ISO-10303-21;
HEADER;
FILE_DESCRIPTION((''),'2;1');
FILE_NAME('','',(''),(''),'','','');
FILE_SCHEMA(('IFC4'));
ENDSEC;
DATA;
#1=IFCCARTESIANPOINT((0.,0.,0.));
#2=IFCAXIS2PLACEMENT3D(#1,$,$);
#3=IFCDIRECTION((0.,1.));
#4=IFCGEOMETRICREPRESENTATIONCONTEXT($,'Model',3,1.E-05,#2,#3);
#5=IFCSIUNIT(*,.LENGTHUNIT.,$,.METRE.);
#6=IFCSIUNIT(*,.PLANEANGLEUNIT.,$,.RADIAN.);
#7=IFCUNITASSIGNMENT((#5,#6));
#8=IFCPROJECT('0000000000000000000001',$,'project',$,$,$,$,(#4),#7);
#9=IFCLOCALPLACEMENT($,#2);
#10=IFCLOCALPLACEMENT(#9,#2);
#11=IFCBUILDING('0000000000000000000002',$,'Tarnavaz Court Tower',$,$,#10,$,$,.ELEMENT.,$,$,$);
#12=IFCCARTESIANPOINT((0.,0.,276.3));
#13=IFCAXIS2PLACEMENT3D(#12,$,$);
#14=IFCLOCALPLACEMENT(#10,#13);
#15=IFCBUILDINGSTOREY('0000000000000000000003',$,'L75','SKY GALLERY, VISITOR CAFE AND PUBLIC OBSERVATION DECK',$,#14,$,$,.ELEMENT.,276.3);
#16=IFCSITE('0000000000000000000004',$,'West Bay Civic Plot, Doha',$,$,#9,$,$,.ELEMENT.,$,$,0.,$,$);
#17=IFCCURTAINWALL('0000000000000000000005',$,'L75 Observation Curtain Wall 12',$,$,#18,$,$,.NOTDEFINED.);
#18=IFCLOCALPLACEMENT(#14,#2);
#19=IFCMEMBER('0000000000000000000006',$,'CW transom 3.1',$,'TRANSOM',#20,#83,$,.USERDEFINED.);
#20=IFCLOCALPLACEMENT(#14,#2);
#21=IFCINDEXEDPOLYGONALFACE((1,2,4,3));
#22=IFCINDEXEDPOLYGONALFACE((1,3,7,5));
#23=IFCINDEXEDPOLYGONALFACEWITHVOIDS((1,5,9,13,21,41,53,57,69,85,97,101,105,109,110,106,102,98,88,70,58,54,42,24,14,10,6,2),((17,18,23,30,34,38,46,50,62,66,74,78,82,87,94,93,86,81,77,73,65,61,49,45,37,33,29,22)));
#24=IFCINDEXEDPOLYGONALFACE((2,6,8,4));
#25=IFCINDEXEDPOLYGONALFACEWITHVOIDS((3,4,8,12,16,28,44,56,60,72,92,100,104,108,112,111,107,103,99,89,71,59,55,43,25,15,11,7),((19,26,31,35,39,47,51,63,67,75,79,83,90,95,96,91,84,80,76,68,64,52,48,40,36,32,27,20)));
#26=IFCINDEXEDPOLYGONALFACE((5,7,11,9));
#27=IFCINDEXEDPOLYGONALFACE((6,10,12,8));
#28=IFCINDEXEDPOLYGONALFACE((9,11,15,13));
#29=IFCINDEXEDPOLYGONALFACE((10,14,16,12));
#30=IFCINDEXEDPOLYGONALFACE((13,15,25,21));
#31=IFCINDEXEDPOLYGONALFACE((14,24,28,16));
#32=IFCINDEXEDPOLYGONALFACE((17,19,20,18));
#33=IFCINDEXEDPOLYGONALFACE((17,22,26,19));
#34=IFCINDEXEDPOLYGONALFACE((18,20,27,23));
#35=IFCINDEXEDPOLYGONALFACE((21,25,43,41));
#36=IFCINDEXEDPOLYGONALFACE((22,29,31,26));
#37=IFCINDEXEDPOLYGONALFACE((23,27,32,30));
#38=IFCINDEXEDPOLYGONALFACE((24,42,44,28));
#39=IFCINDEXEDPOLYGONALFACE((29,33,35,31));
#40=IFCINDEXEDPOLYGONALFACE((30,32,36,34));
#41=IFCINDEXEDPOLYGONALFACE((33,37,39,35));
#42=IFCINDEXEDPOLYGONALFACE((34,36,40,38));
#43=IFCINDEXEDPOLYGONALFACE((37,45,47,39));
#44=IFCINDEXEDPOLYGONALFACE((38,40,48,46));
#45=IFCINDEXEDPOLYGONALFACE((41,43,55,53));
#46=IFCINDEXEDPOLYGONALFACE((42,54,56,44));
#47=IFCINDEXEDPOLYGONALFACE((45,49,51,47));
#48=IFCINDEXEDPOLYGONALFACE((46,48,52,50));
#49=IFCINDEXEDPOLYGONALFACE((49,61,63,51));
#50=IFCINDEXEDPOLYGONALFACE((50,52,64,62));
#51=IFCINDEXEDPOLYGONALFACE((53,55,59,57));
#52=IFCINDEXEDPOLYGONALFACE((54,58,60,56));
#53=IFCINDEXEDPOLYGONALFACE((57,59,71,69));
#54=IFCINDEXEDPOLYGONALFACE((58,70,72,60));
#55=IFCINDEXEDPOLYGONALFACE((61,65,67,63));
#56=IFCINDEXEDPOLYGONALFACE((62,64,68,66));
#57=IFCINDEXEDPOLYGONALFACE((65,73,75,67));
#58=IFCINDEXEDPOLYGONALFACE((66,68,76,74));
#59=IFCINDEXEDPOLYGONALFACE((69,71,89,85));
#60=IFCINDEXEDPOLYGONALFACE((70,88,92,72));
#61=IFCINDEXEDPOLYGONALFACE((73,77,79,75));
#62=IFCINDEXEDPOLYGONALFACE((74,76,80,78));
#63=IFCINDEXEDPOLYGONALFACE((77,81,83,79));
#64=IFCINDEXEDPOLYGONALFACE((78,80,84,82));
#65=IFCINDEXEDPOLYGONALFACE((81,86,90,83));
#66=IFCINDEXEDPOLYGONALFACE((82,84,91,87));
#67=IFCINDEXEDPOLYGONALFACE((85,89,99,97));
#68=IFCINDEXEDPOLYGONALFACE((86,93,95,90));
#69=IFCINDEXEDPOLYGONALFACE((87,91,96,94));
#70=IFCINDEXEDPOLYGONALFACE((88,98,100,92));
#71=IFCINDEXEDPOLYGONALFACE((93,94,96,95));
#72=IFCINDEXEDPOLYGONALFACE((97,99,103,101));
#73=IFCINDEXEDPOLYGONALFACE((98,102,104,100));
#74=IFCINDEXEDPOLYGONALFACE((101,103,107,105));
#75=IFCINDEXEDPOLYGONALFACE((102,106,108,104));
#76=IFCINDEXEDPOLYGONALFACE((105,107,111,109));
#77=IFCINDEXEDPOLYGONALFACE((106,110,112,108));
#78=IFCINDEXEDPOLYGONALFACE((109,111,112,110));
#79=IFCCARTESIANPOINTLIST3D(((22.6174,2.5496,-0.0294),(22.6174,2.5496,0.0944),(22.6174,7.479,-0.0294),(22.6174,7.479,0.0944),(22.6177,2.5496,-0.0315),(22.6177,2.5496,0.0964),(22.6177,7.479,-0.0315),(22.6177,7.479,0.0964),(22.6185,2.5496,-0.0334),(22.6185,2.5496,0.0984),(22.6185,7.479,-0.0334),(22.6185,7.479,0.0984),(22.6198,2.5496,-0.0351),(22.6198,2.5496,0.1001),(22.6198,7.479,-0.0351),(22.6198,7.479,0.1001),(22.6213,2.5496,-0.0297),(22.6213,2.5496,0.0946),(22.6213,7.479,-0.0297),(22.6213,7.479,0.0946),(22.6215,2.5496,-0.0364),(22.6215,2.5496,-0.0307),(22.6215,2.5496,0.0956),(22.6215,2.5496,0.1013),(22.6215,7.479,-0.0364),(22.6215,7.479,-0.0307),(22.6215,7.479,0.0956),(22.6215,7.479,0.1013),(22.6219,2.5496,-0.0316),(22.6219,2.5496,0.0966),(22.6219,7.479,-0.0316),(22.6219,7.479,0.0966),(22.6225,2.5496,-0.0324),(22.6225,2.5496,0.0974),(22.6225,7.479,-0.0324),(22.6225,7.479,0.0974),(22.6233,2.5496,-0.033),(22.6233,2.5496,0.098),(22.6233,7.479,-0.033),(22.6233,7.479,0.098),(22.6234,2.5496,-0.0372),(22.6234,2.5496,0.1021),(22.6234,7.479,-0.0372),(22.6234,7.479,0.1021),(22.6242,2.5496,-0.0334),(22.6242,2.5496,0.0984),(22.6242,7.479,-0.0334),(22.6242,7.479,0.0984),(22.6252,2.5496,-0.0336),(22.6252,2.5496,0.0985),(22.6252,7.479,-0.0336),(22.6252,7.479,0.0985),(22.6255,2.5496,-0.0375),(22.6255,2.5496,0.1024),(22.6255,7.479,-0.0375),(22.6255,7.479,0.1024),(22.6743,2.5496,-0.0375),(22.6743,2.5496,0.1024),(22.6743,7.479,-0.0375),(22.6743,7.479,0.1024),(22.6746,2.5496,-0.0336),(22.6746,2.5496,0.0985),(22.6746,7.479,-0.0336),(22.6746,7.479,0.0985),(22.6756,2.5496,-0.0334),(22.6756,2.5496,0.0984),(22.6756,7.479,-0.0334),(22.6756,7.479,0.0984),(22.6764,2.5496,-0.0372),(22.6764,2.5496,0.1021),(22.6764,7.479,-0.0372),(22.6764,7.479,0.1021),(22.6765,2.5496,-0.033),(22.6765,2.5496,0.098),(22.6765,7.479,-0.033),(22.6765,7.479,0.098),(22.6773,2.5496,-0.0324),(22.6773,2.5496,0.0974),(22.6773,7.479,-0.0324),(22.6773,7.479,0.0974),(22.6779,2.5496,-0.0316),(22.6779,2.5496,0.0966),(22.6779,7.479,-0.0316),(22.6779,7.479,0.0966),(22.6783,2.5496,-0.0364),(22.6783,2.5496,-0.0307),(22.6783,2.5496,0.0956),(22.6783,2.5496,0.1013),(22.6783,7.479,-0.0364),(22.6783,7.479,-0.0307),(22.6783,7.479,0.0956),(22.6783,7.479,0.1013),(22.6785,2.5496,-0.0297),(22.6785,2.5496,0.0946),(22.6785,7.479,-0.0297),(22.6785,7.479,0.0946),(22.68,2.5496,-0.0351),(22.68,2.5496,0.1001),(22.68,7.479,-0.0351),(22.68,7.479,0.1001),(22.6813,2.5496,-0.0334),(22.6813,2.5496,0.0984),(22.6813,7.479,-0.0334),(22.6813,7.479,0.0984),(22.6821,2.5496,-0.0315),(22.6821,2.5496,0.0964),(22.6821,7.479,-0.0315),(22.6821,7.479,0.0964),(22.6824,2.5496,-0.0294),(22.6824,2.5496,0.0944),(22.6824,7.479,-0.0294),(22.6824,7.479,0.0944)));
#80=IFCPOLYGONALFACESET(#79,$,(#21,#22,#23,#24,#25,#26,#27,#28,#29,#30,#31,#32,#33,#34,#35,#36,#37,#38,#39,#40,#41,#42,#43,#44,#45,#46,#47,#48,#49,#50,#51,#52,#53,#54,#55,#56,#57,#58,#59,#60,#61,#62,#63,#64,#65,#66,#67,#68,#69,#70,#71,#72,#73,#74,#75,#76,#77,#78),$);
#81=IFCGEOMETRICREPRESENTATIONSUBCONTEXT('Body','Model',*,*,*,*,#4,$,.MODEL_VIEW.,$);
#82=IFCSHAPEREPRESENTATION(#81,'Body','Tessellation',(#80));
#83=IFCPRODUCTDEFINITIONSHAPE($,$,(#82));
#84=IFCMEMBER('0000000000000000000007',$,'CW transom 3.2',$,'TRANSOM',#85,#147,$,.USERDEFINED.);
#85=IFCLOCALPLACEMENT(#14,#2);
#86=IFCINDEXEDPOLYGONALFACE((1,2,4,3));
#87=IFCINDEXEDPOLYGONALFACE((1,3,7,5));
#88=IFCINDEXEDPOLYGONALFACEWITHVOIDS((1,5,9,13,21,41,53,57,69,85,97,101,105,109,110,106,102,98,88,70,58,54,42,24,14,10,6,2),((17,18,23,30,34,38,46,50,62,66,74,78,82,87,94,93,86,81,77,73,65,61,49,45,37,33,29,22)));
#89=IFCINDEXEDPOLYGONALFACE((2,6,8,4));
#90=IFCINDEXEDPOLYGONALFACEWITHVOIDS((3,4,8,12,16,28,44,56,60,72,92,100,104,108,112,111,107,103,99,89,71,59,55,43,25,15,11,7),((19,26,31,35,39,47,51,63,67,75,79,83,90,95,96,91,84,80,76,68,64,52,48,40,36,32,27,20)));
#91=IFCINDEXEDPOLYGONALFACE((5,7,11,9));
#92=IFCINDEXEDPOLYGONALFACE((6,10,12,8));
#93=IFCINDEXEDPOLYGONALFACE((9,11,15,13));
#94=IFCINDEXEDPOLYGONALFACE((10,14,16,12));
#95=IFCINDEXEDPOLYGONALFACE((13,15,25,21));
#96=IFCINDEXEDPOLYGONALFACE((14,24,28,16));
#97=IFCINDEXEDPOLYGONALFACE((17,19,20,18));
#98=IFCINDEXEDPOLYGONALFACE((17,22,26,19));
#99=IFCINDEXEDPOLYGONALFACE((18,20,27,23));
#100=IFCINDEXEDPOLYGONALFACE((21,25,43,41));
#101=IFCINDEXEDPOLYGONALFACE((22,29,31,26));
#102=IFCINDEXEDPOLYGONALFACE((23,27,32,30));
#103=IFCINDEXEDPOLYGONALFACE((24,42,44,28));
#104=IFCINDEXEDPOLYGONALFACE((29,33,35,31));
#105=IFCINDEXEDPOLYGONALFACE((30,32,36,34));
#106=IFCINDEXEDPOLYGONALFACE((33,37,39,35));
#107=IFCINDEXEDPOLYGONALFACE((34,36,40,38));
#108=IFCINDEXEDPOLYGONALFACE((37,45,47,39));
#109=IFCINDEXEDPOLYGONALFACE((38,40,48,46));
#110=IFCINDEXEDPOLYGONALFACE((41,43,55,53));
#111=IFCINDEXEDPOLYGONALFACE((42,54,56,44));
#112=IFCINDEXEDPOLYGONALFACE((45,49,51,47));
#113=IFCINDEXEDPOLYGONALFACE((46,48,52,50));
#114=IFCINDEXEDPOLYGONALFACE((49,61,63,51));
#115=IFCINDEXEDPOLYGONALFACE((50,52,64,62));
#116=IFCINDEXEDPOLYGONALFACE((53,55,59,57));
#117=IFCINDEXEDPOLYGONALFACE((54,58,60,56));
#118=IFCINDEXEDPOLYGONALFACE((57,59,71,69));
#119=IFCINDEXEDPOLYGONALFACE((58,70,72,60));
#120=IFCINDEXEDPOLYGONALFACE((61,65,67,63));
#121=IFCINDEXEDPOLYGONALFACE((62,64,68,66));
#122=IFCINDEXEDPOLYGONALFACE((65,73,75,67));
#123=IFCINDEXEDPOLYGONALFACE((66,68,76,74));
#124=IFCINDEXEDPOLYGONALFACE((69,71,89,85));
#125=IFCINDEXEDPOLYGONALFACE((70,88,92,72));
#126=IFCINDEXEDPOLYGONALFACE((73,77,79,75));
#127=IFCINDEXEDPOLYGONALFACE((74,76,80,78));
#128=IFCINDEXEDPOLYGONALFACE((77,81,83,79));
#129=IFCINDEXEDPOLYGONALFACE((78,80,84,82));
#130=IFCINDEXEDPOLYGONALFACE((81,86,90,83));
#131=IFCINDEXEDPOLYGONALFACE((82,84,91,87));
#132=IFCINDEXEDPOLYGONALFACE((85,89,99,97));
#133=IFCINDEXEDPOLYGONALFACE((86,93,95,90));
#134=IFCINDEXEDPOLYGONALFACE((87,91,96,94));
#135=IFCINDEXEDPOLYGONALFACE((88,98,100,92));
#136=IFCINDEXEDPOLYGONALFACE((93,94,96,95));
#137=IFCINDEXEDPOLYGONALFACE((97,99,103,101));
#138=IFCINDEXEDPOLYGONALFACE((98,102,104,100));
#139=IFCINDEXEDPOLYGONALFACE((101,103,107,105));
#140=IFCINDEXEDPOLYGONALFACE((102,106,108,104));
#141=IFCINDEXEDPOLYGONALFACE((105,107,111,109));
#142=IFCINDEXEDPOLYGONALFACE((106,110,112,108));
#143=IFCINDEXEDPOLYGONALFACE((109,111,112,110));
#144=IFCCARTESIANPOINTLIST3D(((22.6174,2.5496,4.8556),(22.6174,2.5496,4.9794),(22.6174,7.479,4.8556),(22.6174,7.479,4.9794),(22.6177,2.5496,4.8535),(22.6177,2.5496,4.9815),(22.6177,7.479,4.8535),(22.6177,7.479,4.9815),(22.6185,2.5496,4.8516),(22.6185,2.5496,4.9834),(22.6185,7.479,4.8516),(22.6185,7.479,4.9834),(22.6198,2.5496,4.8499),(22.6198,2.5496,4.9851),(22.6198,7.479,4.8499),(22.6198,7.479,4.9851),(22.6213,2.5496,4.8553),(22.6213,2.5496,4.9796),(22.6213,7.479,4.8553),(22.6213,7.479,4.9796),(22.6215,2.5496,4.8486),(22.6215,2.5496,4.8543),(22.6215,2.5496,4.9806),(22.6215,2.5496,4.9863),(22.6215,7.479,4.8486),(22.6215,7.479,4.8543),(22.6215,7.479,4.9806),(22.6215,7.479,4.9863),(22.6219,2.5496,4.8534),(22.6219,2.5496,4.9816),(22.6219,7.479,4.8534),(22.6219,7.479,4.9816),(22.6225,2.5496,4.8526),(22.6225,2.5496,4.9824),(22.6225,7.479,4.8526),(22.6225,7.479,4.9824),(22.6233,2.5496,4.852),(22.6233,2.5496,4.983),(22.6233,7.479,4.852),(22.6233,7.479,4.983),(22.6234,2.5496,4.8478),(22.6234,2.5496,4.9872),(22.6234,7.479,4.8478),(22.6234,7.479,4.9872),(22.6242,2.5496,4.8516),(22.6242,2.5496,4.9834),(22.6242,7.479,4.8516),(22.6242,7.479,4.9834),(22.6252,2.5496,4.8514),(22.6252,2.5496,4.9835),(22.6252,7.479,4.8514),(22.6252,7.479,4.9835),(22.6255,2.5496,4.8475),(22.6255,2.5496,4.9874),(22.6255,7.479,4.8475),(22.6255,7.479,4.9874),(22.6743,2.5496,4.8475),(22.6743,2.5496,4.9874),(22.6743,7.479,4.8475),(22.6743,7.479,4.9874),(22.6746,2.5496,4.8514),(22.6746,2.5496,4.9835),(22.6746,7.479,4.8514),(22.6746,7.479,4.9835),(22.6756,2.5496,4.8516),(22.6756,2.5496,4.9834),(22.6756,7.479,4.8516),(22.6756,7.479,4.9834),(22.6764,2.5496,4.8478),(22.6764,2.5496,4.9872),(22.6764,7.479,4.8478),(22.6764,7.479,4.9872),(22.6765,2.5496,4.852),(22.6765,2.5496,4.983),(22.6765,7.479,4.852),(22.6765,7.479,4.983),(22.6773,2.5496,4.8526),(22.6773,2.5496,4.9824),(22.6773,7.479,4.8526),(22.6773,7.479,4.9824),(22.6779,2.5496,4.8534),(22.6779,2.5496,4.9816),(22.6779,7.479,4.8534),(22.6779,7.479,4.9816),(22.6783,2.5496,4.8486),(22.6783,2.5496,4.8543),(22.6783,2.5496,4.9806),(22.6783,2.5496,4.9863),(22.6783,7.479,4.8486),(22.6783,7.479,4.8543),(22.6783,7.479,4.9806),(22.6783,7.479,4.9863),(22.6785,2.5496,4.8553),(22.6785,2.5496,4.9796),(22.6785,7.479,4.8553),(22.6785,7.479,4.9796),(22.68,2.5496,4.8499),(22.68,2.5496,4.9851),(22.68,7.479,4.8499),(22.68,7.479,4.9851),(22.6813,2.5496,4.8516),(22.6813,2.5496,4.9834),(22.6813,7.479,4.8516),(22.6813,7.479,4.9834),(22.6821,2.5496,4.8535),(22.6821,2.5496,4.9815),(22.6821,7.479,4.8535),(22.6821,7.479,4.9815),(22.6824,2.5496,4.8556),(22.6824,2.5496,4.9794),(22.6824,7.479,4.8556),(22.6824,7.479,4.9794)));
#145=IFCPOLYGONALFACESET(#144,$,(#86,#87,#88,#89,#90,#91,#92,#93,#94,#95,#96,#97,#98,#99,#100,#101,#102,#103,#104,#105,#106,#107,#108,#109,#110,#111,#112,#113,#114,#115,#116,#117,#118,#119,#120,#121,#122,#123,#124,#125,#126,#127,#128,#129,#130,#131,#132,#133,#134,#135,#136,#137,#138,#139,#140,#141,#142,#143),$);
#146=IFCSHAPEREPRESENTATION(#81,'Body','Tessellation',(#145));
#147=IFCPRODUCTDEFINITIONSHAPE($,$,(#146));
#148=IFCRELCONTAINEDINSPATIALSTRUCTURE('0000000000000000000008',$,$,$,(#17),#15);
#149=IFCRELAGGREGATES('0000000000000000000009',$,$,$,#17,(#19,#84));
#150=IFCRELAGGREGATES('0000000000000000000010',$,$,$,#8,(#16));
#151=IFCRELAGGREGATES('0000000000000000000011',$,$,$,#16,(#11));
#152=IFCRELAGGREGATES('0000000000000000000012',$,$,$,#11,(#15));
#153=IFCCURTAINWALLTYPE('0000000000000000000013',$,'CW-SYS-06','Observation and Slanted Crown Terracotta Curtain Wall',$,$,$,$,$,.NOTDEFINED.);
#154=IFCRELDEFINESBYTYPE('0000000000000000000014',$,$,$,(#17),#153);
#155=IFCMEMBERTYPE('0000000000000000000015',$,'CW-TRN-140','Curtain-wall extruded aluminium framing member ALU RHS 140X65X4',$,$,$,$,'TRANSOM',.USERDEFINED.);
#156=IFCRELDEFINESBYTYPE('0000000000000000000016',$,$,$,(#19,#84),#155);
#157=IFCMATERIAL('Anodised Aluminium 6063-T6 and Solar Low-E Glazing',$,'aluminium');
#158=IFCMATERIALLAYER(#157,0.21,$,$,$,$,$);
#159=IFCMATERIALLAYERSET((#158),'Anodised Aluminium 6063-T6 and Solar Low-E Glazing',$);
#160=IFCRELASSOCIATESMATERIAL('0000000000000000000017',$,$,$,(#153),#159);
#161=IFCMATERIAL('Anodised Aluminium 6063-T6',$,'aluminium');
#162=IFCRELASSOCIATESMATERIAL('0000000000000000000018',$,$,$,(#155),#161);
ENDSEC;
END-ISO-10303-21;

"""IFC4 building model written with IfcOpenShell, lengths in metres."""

from ifc_helpers import new_model, si_unit, direction, frame, origin, origin_2d, place, context, subcontext, project, spatial, hollow_rectangle, extrude, material, layer, layer_set, material_profile, profile_set, type_object, element, aggregate, save


model = new_model("IFC4")

# Units and contexts
model_context = context("Model", 3, precision=1e-05, world=origin(), true_north=direction((0.0, 1.0)))
body_context = subcontext(model_context, "Body", "Model", "MODEL_VIEW")
ifc_project = project(units=[si_unit("LENGTHUNIT", "METRE"), si_unit("PLANEANGLEUNIT", "RADIAN")], contexts=[model_context])

# Site, building, storey
site_placement = place(None, origin())
site = spatial("IfcSite", under=ifc_project, at=site_placement, Name="West Bay Civic Plot, Doha", CompositionType="ELEMENT", RefElevation=0.0)
building_placement = place(site_placement, origin())
building = spatial("IfcBuilding", under=site, at=building_placement, Name="Tarnavaz Court Tower", CompositionType="ELEMENT")
storey_placement = place(building_placement, frame((0.0, 0.0, 276.3)))
storey = spatial("IfcBuildingStorey", under=building, at=storey_placement, Name="L75", Description="SKY GALLERY, VISITOR CAFE AND PUBLIC OBSERVATION DECK", CompositionType="ELEMENT", Elevation=276.3)

# Curtain wall, members
ifc_material_1 = material(Name="Anodised Aluminium 6063-T6 and Solar Low-E Glazing", Category="aluminium")
ifc_layer_1 = layer(ifc_material_1, 0.21)
ifc_layer_set_1 = layer_set([ifc_layer_1], Name="Anodised Aluminium 6063-T6 and Solar Low-E Glazing")
curtain_wall_type = type_object("IfcCurtainWallType", Name="CW-SYS-06", Description="Observation and Slanted Crown Terracotta Curtain Wall", PredefinedType="NOTDEFINED", material=ifc_layer_set_1)
curtain_wall_placement = place(storey_placement, origin())
curtain_wall = element("IfcCurtainWall", 1, at=curtain_wall_placement, inside=storey, type_object=curtain_wall_type, Name="L75 Observation Curtain Wall 12", PredefinedType="NOTDEFINED")
ifc_material_2 = material(Name="Anodised Aluminium 6063-T6", Category="aluminium")
ifc_material_profile_1 = material_profile(ifc_material_2, hollow_rectangle(XDim=0.0649, YDim=0.1399, WallThickness=0.0039, InnerFilletRadius=0.0039, OuterFilletRadius=0.0081, at=origin_2d()), Name="ALU RHS 140X65X4")
ifc_profile_set_1 = profile_set([ifc_material_profile_1], Name="Anodised Aluminium 6063-T6")
member_type_1 = type_object("IfcMemberType", Name="CW-TRN-140", Description="Curtain-wall extruded aluminium framing member ALU RHS 140X65X4", ElementType="TRANSOM", PredefinedType="USERDEFINED", material=ifc_profile_set_1)
member_1_placement = place(storey_placement, frame((22.6499, 7.479, 0.0325), z_axis=(0.0, -1.0, 0.0), x_axis=(1.0, 0.0, 0.0)))
member_1 = element("IfcMember", 2, at=member_1_placement, type_object=member_type_1, Name="CW transom 3.1", ObjectType="TRANSOM", PredefinedType="USERDEFINED", context=body_context, shape_type="SweptSolid", body=[
    extrude(hollow_rectangle(XDim=0.0649, YDim=0.1399, WallThickness=0.0039, InnerFilletRadius=0.0039, OuterFilletRadius=0.0081, at=origin_2d()), origin(), (0.0, 0.0, 1.0), 4.9294),
])
member_2_placement = place(storey_placement, frame((22.6499, 7.479, 4.9175), z_axis=(0.0, -1.0, 0.0), x_axis=(1.0, 0.0, 0.0)))
member_2 = element("IfcMember", 3, at=member_2_placement, type_object=member_type_1, Name="CW transom 3.2", ObjectType="TRANSOM", PredefinedType="USERDEFINED", context=body_context, shape_type="SweptSolid", body=[
    extrude(hollow_rectangle(XDim=0.0649, YDim=0.1399, WallThickness=0.0039, InnerFilletRadius=0.0039, OuterFilletRadius=0.0081, at=origin_2d()), origin(), (0.0, 0.0, 1.0), 4.9294),
])
aggregate(curtain_wall, [member_1, member_2])

save(model, "model.ifc")
